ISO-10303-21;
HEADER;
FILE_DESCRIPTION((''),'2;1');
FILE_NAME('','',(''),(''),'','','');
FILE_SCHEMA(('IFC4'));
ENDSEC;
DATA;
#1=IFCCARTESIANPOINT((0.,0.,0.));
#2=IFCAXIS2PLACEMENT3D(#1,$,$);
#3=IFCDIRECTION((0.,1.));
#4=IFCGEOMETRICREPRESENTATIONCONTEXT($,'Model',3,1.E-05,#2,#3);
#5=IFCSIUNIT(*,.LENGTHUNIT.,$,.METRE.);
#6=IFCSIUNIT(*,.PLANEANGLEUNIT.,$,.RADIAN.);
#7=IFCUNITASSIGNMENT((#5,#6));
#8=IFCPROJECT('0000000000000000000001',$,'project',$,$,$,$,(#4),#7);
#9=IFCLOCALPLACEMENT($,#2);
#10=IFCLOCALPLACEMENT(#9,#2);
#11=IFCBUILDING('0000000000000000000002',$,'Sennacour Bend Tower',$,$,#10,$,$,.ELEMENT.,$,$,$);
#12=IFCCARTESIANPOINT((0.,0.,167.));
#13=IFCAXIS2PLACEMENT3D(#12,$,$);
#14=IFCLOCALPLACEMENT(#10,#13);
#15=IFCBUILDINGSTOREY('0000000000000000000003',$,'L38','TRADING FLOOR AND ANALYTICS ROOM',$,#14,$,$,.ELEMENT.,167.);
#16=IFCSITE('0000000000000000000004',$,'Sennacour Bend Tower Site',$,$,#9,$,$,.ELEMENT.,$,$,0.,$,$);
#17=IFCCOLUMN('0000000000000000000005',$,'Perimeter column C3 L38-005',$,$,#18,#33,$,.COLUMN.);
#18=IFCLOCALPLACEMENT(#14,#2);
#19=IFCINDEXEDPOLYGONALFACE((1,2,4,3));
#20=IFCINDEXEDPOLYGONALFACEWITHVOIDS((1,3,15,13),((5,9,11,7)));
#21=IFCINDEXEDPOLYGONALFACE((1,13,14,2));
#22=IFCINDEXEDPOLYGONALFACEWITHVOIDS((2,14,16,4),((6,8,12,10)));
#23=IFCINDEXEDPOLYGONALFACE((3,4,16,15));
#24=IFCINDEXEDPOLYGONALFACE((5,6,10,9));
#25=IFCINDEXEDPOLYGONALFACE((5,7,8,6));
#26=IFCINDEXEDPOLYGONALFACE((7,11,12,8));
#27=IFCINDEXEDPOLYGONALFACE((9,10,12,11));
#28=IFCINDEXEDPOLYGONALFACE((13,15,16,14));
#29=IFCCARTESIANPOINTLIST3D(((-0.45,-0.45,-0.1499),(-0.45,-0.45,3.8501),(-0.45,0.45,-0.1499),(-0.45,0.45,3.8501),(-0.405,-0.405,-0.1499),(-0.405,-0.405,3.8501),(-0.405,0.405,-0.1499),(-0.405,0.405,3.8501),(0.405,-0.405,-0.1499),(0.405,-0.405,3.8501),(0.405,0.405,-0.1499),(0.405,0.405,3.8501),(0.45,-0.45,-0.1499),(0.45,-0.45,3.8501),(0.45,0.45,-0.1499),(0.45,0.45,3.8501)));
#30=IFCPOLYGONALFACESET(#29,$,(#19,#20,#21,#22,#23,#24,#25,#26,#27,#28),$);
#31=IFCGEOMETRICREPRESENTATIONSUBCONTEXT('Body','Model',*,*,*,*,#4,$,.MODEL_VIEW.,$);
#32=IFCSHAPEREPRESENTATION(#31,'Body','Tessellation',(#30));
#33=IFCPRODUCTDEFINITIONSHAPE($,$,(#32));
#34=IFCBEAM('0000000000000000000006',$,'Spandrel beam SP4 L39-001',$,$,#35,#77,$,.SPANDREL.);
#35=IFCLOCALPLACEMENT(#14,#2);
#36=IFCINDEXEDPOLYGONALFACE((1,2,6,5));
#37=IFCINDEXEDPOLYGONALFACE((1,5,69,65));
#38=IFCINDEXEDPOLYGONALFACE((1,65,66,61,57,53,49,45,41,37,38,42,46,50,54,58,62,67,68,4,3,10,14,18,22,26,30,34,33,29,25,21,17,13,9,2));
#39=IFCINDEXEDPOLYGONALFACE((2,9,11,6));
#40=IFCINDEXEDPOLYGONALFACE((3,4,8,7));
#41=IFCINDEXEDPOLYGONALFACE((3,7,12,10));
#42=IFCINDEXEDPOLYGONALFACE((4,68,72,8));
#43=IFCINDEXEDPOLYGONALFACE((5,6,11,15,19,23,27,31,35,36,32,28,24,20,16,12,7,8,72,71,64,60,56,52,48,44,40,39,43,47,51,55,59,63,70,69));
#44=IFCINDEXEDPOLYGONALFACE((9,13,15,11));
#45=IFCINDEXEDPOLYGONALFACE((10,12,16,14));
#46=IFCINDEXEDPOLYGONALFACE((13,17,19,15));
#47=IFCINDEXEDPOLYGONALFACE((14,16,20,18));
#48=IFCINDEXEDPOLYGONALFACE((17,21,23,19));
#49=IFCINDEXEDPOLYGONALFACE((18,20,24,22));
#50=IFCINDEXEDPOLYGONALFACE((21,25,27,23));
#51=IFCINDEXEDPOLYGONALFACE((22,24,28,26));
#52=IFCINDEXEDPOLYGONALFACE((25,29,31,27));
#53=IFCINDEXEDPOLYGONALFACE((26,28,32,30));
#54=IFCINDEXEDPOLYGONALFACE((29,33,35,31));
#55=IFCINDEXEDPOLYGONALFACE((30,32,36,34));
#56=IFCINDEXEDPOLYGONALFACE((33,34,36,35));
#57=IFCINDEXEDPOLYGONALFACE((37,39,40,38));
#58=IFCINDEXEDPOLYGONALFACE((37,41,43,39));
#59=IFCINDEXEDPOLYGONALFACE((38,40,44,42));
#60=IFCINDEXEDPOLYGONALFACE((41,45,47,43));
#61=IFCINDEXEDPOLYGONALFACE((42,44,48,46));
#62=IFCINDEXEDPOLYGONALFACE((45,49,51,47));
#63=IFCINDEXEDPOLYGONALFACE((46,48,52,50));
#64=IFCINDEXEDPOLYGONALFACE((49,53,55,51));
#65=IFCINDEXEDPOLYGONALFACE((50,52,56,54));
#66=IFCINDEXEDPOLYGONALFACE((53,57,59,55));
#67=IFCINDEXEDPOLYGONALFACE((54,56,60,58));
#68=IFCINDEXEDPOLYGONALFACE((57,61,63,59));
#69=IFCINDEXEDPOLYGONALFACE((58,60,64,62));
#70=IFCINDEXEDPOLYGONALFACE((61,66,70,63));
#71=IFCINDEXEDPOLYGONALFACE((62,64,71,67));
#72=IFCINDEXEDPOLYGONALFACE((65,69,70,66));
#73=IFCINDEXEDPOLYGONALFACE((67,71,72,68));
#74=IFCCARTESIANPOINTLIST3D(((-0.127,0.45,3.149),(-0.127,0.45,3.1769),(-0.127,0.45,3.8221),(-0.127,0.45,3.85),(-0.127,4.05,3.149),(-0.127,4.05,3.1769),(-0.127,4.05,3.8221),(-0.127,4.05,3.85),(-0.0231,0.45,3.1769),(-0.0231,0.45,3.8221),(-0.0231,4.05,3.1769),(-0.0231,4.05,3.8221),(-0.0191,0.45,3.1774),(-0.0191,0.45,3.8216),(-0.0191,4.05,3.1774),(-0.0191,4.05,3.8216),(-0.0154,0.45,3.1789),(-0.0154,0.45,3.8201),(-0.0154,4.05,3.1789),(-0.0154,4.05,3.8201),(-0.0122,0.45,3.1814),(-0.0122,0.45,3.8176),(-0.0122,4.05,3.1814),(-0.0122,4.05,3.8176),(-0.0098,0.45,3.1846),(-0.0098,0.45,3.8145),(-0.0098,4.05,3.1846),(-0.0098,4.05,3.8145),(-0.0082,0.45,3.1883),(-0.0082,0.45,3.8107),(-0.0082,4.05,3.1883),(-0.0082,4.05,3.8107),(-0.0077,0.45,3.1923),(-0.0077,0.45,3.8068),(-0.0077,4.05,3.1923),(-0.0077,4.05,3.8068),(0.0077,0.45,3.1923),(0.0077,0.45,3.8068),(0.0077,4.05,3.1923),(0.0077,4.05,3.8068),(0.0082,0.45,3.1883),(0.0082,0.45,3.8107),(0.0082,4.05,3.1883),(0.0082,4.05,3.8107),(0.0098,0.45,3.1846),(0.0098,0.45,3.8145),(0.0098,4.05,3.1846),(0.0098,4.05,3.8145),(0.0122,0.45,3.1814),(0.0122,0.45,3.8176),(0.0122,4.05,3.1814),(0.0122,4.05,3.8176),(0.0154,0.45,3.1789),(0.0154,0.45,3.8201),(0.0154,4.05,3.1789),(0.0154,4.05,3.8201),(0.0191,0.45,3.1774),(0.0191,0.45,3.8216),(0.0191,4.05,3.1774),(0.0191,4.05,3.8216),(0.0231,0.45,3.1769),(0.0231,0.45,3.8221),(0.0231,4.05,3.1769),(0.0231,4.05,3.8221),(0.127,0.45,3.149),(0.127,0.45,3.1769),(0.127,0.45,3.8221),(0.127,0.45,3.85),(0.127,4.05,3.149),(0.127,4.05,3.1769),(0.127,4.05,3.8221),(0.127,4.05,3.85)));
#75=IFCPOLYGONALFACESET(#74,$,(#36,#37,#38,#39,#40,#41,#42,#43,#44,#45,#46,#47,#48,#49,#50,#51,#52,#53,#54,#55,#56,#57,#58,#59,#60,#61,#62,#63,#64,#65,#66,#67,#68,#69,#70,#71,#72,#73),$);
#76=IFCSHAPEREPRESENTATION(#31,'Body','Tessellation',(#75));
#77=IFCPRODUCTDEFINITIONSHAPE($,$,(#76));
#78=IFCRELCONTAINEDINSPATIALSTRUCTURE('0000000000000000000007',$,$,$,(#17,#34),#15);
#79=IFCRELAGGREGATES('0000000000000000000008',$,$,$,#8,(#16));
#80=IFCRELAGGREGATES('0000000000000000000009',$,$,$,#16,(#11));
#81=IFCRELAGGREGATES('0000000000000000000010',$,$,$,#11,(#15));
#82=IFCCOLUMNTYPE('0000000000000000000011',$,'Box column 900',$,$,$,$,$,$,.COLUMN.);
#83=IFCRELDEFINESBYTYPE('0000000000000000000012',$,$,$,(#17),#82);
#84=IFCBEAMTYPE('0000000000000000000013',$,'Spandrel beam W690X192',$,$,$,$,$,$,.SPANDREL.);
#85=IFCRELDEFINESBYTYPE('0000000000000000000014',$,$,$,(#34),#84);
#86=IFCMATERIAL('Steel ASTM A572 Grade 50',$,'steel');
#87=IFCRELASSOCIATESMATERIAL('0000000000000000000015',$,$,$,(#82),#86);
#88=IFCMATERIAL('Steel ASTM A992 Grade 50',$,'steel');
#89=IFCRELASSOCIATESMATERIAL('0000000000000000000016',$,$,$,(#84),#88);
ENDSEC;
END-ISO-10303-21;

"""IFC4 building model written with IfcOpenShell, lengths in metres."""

from ifc_helpers import new_model, si_unit, direction, frame, origin, origin_2d, place, context, subcontext, project, spatial, hollow_rectangle, i_section, extrude, material, material_profile, profile_set, type_object, element, save


model = new_model("IFC4")

# Units and contexts
model_context = context("Model", 3, precision=1e-05, world=origin(), true_north=direction((0.0, 1.0)))
body_context = subcontext(model_context, "Body", "Model", "MODEL_VIEW")
ifc_project = project(units=[si_unit("LENGTHUNIT", "METRE"), si_unit("PLANEANGLEUNIT", "RADIAN")], contexts=[model_context])

# Site, building, storey
site_placement = place(None, origin())
site = spatial("IfcSite", under=ifc_project, at=site_placement, Name="Sennacour Bend Tower Site", CompositionType="ELEMENT", RefElevation=0.0)
building_placement = place(site_placement, origin())
building = spatial("IfcBuilding", under=site, at=building_placement, Name="Sennacour Bend Tower", CompositionType="ELEMENT")
storey_placement = place(building_placement, frame((0.0, 0.0, 167.0)))
storey = spatial("IfcBuildingStorey", under=building, at=storey_placement, Name="L38", Description="TRADING FLOOR AND ANALYTICS ROOM", CompositionType="ELEMENT", Elevation=167.0)

# Column
ifc_material_1 = material(Name="Steel ASTM A572 Grade 50", Category="steel")
ifc_material_profile_1 = material_profile(ifc_material_1, hollow_rectangle(XDim=0.8999, YDim=0.8999, WallThickness=0.0449, at=origin_2d()), Name="Steel ASTM A572 Grade 50", Category="steel")
ifc_profile_set_1 = profile_set([ifc_material_profile_1], Name="Steel ASTM A572 Grade 50")
column_type = type_object("IfcColumnType", Name="Box column 900", PredefinedType="COLUMN", material=ifc_profile_set_1)
column_placement = place(storey_placement, frame((0.0, 0.0, -0.1499), z_axis=(0.0, 0.0, 1.0), x_axis=(1.0, 0.0, 0.0)))
element("IfcColumn", 1, at=column_placement, inside=storey, type_object=column_type, Name="Perimeter column C3 L38-005", PredefinedType="COLUMN", context=body_context, shape_type="SweptSolid", body=[
    extrude(hollow_rectangle(XDim=0.8999, YDim=0.8999, WallThickness=0.0449, at=origin_2d()), origin(), (0.0, 0.0, 1.0), 4.0),
])

# Beam
ifc_material_2 = material(Name="Steel ASTM A992 Grade 50", Category="steel")
ifc_material_profile_2 = material_profile(ifc_material_2, i_section(OverallWidth=0.2539, OverallDepth=0.7009, WebThickness=0.0154, FlangeThickness=0.0278, FilletRadius=0.0154, at=origin_2d()), Name="Steel ASTM A992 Grade 50", Category="steel")
ifc_profile_set_2 = profile_set([ifc_material_profile_2], Name="Steel ASTM A992 Grade 50")
beam_type = type_object("IfcBeamType", Name="Spandrel beam W690X192", PredefinedType="SPANDREL", material=ifc_profile_set_2)
beam_placement = place(storey_placement, frame((0.0, 0.45, 3.4995), z_axis=(0.0, 1.0, 0.0), x_axis=(-1.0, 0.0, 0.0)))
element("IfcBeam", 2, at=beam_placement, inside=storey, type_object=beam_type, Name="Spandrel beam SP4 L39-001", PredefinedType="SPANDREL", context=body_context, shape_type="SweptSolid", body=[
    extrude(i_section(OverallWidth=0.2539, OverallDepth=0.7009, WebThickness=0.0154, FlangeThickness=0.0278, FilletRadius=0.0154, at=origin_2d()), origin(), (0.0, 0.0, 1.0), 3.6001),
])

save(model, "model.ifc")
